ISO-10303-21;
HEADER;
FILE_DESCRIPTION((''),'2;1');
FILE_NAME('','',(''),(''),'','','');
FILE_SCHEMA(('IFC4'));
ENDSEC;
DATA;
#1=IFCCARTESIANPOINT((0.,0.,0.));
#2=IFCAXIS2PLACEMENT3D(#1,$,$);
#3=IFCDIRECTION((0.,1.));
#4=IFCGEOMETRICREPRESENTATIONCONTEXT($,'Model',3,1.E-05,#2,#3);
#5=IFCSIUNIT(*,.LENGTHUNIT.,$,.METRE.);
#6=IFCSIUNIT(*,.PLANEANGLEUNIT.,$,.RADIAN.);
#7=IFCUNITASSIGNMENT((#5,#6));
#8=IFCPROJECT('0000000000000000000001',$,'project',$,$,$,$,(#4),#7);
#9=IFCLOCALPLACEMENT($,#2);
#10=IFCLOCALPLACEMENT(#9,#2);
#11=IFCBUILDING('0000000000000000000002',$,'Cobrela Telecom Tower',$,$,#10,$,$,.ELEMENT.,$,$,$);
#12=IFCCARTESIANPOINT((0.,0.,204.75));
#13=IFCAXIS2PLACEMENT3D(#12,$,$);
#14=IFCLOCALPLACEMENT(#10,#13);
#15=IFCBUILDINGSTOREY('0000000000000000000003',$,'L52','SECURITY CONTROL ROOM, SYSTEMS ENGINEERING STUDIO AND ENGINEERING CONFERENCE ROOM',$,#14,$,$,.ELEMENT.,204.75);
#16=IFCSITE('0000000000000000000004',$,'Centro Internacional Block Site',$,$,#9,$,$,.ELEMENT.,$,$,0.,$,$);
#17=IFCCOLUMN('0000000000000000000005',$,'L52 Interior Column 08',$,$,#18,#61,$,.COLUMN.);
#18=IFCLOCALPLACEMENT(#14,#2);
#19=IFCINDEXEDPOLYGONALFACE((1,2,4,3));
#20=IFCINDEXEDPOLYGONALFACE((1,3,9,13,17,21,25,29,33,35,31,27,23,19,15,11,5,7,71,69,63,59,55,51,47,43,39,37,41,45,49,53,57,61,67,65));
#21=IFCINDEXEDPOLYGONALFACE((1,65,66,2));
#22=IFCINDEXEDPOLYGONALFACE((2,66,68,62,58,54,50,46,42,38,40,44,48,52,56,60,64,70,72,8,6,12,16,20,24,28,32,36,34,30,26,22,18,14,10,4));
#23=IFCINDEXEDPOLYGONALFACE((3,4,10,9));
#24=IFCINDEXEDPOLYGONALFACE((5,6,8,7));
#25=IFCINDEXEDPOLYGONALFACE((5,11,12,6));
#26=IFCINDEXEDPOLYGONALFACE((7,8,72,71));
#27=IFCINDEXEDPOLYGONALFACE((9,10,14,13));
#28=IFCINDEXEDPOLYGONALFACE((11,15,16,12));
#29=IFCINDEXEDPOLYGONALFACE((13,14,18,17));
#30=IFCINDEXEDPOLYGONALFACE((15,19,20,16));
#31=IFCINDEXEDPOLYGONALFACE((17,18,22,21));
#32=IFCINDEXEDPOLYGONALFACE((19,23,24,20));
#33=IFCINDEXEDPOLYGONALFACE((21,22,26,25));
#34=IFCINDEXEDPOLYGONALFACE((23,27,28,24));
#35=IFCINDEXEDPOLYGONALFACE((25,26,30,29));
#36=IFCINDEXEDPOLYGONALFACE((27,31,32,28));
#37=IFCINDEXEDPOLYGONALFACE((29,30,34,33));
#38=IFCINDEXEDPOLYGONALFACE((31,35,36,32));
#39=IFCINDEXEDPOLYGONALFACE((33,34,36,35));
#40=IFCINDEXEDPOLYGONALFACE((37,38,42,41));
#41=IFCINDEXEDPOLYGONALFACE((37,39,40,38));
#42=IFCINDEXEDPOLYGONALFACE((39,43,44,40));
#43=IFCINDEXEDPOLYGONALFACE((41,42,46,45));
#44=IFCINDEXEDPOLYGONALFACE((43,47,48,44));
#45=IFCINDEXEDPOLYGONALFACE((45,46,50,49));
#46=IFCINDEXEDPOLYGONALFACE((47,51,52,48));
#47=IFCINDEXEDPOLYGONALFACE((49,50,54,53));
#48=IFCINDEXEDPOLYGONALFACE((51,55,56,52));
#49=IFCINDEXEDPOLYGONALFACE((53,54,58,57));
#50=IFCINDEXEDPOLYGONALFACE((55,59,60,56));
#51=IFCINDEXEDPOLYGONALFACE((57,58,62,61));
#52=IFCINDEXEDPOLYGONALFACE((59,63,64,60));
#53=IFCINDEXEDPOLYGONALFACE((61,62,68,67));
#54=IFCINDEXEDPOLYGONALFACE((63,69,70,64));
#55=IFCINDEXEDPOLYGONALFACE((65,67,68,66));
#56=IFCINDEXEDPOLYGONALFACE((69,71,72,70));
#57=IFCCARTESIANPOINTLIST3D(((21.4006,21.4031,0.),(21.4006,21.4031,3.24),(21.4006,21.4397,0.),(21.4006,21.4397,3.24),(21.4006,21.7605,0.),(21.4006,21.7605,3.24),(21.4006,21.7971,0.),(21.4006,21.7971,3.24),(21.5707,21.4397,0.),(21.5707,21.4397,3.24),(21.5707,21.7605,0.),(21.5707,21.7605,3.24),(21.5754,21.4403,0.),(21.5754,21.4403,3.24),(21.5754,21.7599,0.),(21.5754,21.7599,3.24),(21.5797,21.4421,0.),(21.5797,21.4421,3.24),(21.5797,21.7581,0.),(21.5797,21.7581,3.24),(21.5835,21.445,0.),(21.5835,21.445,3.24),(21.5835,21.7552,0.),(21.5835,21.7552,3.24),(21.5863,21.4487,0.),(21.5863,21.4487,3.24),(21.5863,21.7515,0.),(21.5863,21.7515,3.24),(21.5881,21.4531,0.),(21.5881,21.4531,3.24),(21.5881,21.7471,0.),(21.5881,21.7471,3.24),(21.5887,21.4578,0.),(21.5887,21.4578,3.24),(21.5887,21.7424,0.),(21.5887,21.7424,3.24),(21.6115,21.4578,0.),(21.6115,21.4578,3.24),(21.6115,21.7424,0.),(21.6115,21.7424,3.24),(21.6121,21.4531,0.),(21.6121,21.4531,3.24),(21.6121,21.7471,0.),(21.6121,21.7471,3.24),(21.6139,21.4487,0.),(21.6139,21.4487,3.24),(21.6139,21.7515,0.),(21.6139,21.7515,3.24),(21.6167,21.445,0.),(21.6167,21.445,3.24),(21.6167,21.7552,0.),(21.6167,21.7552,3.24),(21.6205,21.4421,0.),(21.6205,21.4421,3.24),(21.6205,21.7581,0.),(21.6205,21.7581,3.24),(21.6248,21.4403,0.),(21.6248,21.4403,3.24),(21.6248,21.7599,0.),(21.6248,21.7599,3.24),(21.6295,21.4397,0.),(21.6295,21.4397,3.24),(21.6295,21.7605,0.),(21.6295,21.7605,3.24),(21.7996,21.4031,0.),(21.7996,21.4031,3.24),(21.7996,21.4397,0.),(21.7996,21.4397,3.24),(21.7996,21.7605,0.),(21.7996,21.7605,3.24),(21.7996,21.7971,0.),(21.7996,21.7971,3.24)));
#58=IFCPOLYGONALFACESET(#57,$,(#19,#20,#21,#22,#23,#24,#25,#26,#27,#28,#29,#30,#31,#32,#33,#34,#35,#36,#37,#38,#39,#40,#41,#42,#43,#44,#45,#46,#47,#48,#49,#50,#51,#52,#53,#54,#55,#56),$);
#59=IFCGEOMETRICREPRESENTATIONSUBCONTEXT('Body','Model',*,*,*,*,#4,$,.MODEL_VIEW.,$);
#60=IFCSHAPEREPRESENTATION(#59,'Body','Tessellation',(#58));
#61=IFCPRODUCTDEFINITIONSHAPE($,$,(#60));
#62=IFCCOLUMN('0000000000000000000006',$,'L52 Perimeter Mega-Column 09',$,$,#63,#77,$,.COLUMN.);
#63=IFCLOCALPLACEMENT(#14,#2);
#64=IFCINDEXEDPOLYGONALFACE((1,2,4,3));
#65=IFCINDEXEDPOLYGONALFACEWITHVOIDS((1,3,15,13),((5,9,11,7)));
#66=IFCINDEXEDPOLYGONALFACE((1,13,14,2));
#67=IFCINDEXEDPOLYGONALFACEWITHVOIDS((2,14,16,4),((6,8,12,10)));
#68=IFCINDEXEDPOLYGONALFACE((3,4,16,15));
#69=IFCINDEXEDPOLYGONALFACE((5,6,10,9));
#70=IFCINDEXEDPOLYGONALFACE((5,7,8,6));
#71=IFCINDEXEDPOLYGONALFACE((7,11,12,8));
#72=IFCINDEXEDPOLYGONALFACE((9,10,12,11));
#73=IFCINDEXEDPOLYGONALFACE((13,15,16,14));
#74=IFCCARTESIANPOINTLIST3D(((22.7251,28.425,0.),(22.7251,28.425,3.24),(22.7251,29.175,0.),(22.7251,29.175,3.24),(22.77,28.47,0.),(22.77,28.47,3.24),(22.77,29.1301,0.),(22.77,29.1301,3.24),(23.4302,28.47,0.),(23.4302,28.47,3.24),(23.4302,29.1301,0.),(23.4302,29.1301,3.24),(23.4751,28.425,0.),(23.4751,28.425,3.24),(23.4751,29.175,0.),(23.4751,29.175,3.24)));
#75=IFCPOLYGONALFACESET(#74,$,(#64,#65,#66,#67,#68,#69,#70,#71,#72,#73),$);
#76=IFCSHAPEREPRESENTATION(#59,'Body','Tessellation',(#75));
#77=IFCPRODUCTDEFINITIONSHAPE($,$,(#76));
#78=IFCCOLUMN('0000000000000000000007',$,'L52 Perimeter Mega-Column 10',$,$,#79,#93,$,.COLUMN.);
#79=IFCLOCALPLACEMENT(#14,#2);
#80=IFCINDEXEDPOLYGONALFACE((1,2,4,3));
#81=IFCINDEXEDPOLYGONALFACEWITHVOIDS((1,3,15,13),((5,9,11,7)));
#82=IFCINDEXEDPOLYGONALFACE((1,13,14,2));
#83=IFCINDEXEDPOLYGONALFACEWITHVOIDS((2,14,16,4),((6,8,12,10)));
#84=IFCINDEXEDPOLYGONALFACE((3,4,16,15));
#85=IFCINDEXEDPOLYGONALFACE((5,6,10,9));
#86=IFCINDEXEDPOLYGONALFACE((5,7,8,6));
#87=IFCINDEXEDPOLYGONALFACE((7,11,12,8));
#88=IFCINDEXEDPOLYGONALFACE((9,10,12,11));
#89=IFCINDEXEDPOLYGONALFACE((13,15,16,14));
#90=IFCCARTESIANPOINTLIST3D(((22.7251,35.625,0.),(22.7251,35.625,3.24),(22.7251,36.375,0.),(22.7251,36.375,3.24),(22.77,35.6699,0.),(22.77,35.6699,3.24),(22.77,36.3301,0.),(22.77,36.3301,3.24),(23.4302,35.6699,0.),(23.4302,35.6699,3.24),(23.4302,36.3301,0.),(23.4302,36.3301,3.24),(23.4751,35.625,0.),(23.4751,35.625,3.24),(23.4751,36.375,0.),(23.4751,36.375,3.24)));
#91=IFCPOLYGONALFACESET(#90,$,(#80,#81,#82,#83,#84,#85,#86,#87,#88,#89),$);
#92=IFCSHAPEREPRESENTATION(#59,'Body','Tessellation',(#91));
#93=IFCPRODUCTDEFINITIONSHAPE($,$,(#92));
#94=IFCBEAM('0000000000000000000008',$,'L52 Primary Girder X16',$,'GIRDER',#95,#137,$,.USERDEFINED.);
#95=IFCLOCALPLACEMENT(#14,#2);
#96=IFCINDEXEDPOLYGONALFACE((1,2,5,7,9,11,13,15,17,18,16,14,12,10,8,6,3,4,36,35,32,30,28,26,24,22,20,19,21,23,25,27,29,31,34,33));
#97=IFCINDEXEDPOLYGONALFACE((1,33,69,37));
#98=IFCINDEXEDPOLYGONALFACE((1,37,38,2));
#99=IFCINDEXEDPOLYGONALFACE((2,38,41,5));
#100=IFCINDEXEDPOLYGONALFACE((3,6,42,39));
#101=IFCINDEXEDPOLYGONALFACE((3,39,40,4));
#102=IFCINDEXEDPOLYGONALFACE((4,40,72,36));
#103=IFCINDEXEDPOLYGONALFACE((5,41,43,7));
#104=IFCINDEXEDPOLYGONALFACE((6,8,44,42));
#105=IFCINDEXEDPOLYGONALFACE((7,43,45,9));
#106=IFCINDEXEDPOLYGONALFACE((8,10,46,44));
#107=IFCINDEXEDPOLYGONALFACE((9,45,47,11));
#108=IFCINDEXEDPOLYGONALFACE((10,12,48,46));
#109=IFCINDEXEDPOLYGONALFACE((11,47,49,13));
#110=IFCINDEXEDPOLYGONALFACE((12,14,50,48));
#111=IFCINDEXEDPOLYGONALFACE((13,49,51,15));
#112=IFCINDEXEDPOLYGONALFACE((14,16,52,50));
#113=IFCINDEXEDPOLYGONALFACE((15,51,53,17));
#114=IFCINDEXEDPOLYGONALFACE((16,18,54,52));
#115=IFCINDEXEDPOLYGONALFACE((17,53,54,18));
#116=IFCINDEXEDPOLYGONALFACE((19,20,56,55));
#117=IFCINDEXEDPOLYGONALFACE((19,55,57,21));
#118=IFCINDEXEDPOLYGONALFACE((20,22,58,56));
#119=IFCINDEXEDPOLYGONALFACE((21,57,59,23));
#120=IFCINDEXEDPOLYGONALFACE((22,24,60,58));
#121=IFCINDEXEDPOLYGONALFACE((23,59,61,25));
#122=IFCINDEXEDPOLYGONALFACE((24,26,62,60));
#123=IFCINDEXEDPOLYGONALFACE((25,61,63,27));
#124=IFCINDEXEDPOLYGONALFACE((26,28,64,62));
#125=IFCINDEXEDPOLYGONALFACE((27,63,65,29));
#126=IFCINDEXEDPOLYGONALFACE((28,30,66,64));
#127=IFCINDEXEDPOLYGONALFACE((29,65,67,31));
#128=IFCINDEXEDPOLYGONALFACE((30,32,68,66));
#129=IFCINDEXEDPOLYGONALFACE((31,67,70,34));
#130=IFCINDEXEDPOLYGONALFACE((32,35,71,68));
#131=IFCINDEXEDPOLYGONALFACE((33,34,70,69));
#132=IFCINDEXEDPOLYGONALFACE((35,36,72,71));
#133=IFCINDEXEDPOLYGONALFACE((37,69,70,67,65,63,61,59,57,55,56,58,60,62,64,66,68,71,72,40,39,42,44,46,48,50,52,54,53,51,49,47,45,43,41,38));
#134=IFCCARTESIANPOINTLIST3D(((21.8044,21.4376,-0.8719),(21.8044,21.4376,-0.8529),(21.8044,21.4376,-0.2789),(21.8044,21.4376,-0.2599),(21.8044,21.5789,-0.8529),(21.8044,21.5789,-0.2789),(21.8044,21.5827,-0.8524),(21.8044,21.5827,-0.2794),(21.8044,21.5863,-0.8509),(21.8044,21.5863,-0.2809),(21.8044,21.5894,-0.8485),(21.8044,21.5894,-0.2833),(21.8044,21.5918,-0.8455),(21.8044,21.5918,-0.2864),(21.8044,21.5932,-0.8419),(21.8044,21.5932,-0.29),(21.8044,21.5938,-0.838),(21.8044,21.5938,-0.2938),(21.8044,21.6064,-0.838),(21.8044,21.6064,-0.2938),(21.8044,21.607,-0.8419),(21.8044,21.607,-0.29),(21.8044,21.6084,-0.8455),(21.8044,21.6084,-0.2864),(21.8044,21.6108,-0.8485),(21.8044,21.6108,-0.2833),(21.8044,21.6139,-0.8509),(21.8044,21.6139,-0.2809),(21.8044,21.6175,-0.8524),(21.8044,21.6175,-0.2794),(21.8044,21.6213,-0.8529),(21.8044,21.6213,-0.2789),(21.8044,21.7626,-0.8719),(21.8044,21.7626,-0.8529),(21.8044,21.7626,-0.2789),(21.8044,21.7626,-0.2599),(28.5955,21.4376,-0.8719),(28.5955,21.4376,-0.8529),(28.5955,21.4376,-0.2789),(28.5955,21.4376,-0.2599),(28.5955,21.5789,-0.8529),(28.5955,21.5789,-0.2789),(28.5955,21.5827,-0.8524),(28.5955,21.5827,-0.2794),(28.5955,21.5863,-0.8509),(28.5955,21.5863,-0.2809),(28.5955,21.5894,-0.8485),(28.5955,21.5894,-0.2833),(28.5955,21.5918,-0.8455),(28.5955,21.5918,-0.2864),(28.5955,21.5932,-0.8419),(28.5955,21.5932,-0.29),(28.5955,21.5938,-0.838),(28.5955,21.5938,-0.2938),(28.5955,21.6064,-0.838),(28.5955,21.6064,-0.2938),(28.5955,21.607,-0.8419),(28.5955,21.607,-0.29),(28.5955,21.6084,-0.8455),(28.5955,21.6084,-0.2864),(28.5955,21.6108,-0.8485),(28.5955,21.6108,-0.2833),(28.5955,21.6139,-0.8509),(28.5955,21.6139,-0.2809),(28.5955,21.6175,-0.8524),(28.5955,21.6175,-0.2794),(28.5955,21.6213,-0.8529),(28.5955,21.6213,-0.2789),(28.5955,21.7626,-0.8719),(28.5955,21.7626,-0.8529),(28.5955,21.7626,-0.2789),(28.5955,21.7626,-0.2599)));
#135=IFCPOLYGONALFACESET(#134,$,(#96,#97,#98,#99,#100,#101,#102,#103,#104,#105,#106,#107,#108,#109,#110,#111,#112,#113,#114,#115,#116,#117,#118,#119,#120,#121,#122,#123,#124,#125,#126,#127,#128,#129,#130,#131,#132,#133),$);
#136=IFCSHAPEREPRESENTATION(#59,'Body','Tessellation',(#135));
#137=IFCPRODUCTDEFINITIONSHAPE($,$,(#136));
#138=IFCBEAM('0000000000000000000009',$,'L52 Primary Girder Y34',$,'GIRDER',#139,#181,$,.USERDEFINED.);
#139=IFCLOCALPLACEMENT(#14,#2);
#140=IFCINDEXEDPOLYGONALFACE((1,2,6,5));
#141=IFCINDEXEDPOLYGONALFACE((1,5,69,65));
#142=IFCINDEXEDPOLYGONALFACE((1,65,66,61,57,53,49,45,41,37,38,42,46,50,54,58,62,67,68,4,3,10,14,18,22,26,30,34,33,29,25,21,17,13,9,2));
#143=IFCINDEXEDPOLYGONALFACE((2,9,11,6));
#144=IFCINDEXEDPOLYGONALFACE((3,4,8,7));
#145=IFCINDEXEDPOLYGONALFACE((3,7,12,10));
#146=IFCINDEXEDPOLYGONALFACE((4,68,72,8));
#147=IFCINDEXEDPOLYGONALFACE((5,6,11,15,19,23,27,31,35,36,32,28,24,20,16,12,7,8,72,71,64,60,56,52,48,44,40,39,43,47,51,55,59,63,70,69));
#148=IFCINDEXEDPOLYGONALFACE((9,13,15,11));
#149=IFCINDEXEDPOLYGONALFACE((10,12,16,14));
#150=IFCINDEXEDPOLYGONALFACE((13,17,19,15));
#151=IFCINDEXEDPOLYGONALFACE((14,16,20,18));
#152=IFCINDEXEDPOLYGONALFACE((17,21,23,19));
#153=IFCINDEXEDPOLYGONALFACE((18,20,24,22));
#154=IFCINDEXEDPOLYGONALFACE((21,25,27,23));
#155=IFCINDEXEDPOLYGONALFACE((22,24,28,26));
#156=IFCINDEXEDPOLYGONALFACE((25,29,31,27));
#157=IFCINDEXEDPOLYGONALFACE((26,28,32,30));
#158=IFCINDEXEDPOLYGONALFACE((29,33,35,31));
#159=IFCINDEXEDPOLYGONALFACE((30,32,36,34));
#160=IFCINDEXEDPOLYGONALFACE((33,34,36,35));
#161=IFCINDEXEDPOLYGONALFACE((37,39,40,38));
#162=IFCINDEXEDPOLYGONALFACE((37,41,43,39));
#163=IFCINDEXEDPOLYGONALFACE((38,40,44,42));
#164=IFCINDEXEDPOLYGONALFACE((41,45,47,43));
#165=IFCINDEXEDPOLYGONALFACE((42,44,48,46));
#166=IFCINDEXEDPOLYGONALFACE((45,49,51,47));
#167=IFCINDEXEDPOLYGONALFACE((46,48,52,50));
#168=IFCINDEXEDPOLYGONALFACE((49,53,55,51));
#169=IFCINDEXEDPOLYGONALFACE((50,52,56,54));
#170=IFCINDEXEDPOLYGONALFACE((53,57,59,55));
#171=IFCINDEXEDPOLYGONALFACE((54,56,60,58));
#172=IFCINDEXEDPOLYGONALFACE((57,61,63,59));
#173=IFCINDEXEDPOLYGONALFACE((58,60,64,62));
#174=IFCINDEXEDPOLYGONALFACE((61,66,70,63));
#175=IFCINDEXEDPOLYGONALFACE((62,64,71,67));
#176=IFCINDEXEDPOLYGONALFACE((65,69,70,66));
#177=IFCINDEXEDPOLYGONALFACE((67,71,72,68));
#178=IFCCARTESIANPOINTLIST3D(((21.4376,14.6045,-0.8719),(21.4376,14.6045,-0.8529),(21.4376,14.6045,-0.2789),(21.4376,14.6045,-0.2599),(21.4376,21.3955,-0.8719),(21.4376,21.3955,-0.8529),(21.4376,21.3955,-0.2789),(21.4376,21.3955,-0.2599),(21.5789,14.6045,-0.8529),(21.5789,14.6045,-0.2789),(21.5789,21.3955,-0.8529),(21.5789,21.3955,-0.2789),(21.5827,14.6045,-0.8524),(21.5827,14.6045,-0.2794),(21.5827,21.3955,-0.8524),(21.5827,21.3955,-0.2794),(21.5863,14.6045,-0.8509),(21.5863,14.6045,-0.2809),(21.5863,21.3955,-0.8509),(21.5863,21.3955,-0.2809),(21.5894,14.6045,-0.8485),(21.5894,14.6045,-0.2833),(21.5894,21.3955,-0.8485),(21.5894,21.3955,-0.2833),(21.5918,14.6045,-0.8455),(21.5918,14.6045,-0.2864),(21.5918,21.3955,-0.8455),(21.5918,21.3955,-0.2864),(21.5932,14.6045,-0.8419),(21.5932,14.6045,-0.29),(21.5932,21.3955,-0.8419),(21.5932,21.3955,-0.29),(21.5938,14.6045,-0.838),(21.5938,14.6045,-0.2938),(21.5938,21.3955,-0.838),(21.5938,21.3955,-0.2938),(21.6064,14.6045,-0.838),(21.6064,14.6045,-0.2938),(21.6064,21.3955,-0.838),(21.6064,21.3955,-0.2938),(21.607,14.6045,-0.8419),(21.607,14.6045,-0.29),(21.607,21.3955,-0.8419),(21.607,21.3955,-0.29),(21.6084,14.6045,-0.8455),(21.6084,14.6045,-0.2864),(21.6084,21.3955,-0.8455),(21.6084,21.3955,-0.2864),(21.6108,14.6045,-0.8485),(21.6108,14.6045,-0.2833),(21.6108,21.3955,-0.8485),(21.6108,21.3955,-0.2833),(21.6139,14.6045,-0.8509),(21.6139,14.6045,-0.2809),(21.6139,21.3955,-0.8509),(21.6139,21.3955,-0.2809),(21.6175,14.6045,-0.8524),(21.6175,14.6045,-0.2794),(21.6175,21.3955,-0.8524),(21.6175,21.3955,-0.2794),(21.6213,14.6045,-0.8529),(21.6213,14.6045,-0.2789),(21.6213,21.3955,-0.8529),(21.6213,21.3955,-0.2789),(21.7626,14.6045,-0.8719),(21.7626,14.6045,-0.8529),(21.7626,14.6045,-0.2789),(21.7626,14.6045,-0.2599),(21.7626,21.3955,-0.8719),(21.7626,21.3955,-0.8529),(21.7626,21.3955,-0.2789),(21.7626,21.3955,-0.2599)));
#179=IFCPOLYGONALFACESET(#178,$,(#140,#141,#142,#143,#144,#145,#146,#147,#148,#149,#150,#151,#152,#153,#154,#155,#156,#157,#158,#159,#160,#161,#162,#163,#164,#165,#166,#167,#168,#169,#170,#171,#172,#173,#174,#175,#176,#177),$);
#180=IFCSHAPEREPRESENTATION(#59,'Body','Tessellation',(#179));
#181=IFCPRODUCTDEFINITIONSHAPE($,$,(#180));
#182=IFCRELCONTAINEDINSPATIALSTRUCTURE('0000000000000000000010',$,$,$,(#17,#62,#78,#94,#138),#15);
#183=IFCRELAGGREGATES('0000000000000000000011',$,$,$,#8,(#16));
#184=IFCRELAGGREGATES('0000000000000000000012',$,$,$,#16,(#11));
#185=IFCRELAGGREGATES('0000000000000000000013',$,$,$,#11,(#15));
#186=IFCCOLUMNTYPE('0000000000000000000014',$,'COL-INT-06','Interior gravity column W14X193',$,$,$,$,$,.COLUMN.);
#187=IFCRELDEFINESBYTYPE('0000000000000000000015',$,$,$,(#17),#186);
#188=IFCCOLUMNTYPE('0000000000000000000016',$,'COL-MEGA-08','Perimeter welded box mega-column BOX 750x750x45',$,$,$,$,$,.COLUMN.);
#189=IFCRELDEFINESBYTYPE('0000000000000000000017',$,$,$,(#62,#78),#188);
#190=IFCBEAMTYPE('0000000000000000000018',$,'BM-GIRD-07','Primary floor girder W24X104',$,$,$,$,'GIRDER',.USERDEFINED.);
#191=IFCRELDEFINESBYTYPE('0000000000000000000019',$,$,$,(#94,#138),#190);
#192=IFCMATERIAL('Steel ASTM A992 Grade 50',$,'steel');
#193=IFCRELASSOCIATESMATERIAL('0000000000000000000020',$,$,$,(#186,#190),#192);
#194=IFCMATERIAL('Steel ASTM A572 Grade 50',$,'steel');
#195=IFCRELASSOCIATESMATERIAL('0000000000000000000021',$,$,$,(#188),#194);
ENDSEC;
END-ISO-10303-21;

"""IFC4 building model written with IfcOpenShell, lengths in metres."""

from ifc_helpers import new_model, si_unit, direction, frame, origin, origin_2d, place, context, subcontext, project, spatial, hollow_rectangle, i_section, extrude, material, material_profile, profile_set, type_object, element, save


model = new_model("IFC4")

# Units and contexts
model_context = context("Model", 3, precision=1e-05, world=origin(), true_north=direction((0.0, 1.0)))
body_context = subcontext(model_context, "Body", "Model", "MODEL_VIEW")
ifc_project = project(units=[si_unit("LENGTHUNIT", "METRE"), si_unit("PLANEANGLEUNIT", "RADIAN")], contexts=[model_context])

# Site, building, storey
site_placement = place(None, origin())
site = spatial("IfcSite", under=ifc_project, at=site_placement, Name="Centro Internacional Block Site", CompositionType="ELEMENT", RefElevation=0.0)
building_placement = place(site_placement, origin())
building = spatial("IfcBuilding", under=site, at=building_placement, Name="Cobrela Telecom Tower", CompositionType="ELEMENT")
storey_placement = place(building_placement, frame((0.0, 0.0, 204.75)))
storey = spatial("IfcBuildingStorey", under=building, at=storey_placement, Name="L52", Description="SECURITY CONTROL ROOM, SYSTEMS ENGINEERING STUDIO AND ENGINEERING CONFERENCE ROOM", CompositionType="ELEMENT", Elevation=204.75)

# Columns
ifc_material_1 = material(Name="Steel ASTM A992 Grade 50", Category="steel")
ifc_material_profile_1 = material_profile(ifc_material_1, i_section(OverallWidth=0.3989, OverallDepth=0.394, WebThickness=0.0227, FlangeThickness=0.0366, FilletRadius=0.0181, at=origin_2d()), Name="W14X193")
ifc_profile_set_1 = profile_set([ifc_material_profile_1], Name="Steel ASTM A992 Grade 50")
column_type_1 = type_object("IfcColumnType", Name="COL-INT-06", Description="Interior gravity column W14X193", PredefinedType="COLUMN", material=ifc_profile_set_1)
column_placement = place(storey_placement, frame((21.6001, 21.6001, 0.0), z_axis=(0.0, 0.0, 1.0), x_axis=(1.0, 0.0, 0.0)))
element("IfcColumn", 1, at=column_placement, inside=storey, type_object=column_type_1, Name="L52 Interior Column 08", PredefinedType="COLUMN", context=body_context, shape_type="SweptSolid", body=[
    extrude(i_section(OverallWidth=0.3989, OverallDepth=0.394, WebThickness=0.0227, FlangeThickness=0.0366, FilletRadius=0.0181, at=origin_2d()), origin(), (0.0, 0.0, 1.0), 3.24),
])
ifc_material_2 = material(Name="Steel ASTM A572 Grade 50", Category="steel")
ifc_material_profile_2 = material_profile(ifc_material_2, hollow_rectangle(XDim=0.75, YDim=0.75, WallThickness=0.0449, at=origin_2d()), Name="BOX 750x750x45")
ifc_profile_set_2 = profile_set([ifc_material_profile_2], Name="Steel ASTM A572 Grade 50")
column_type_2 = type_object("IfcColumnType", Name="COL-MEGA-08", Description="Perimeter welded box mega-column BOX 750x750x45", PredefinedType="COLUMN", material=ifc_profile_set_2)
for number, where, z_axis, x_axis, name in (
    (2, (23.1001, 28.8, 0.0), (0.0, 0.0, 1.0), (1.0, 0.0, 0.0), "L52 Perimeter Mega-Column 09"),
    (3, (23.1001, 36.0, 0.0), (0.0, 0.0, 1.0), (1.0, 0.0, 0.0), "L52 Perimeter Mega-Column 10"),
):
    element("IfcColumn", number, at=place(storey_placement, frame(where, z_axis=z_axis, x_axis=x_axis)), inside=storey, type_object=column_type_2, Name=name, PredefinedType="COLUMN", context=body_context, shape_type="SweptSolid", body=[
        extrude(hollow_rectangle(XDim=0.75, YDim=0.75, WallThickness=0.0449, at=origin_2d()), origin(), (0.0, 0.0, 1.0), 3.24),
    ])

# Beams
ifc_material_profile_3 = material_profile(ifc_material_1, i_section(OverallWidth=0.325, OverallDepth=0.6121, WebThickness=0.0127, FlangeThickness=0.019, FilletRadius=0.0149, at=origin_2d()), Name="W24X104")
ifc_profile_set_3 = profile_set([ifc_material_profile_3], Name="Steel ASTM A992 Grade 50")
beam_type_1 = type_object("IfcBeamType", Name="BM-GIRD-07", Description="Primary floor girder W24X104", ElementType="GIRDER", PredefinedType="USERDEFINED", material=ifc_profile_set_3)
for number, where, z_axis, x_axis, name in (
    (4, (21.8044, 21.6001, -0.5659), (1.0, 0.0, 0.0), (0.0, 1.0, 0.0), "L52 Primary Girder X16"),
    (5, (21.6001, 14.6045, -0.5659), (0.0, 1.0, 0.0), (-1.0, 0.0, 0.0), "L52 Primary Girder Y34"),
):
    element("IfcBeam", number, at=place(storey_placement, frame(where, z_axis=z_axis, x_axis=x_axis)), inside=storey, type_object=beam_type_1, Name=name, ObjectType="GIRDER", PredefinedType="USERDEFINED", context=body_context, shape_type="SweptSolid", body=[
        extrude(i_section(OverallWidth=0.325, OverallDepth=0.6121, WebThickness=0.0127, FlangeThickness=0.019, FilletRadius=0.0149, at=origin_2d()), origin(), (0.0, 0.0, 1.0), 6.791),
    ])

save(model, "model.ifc")
